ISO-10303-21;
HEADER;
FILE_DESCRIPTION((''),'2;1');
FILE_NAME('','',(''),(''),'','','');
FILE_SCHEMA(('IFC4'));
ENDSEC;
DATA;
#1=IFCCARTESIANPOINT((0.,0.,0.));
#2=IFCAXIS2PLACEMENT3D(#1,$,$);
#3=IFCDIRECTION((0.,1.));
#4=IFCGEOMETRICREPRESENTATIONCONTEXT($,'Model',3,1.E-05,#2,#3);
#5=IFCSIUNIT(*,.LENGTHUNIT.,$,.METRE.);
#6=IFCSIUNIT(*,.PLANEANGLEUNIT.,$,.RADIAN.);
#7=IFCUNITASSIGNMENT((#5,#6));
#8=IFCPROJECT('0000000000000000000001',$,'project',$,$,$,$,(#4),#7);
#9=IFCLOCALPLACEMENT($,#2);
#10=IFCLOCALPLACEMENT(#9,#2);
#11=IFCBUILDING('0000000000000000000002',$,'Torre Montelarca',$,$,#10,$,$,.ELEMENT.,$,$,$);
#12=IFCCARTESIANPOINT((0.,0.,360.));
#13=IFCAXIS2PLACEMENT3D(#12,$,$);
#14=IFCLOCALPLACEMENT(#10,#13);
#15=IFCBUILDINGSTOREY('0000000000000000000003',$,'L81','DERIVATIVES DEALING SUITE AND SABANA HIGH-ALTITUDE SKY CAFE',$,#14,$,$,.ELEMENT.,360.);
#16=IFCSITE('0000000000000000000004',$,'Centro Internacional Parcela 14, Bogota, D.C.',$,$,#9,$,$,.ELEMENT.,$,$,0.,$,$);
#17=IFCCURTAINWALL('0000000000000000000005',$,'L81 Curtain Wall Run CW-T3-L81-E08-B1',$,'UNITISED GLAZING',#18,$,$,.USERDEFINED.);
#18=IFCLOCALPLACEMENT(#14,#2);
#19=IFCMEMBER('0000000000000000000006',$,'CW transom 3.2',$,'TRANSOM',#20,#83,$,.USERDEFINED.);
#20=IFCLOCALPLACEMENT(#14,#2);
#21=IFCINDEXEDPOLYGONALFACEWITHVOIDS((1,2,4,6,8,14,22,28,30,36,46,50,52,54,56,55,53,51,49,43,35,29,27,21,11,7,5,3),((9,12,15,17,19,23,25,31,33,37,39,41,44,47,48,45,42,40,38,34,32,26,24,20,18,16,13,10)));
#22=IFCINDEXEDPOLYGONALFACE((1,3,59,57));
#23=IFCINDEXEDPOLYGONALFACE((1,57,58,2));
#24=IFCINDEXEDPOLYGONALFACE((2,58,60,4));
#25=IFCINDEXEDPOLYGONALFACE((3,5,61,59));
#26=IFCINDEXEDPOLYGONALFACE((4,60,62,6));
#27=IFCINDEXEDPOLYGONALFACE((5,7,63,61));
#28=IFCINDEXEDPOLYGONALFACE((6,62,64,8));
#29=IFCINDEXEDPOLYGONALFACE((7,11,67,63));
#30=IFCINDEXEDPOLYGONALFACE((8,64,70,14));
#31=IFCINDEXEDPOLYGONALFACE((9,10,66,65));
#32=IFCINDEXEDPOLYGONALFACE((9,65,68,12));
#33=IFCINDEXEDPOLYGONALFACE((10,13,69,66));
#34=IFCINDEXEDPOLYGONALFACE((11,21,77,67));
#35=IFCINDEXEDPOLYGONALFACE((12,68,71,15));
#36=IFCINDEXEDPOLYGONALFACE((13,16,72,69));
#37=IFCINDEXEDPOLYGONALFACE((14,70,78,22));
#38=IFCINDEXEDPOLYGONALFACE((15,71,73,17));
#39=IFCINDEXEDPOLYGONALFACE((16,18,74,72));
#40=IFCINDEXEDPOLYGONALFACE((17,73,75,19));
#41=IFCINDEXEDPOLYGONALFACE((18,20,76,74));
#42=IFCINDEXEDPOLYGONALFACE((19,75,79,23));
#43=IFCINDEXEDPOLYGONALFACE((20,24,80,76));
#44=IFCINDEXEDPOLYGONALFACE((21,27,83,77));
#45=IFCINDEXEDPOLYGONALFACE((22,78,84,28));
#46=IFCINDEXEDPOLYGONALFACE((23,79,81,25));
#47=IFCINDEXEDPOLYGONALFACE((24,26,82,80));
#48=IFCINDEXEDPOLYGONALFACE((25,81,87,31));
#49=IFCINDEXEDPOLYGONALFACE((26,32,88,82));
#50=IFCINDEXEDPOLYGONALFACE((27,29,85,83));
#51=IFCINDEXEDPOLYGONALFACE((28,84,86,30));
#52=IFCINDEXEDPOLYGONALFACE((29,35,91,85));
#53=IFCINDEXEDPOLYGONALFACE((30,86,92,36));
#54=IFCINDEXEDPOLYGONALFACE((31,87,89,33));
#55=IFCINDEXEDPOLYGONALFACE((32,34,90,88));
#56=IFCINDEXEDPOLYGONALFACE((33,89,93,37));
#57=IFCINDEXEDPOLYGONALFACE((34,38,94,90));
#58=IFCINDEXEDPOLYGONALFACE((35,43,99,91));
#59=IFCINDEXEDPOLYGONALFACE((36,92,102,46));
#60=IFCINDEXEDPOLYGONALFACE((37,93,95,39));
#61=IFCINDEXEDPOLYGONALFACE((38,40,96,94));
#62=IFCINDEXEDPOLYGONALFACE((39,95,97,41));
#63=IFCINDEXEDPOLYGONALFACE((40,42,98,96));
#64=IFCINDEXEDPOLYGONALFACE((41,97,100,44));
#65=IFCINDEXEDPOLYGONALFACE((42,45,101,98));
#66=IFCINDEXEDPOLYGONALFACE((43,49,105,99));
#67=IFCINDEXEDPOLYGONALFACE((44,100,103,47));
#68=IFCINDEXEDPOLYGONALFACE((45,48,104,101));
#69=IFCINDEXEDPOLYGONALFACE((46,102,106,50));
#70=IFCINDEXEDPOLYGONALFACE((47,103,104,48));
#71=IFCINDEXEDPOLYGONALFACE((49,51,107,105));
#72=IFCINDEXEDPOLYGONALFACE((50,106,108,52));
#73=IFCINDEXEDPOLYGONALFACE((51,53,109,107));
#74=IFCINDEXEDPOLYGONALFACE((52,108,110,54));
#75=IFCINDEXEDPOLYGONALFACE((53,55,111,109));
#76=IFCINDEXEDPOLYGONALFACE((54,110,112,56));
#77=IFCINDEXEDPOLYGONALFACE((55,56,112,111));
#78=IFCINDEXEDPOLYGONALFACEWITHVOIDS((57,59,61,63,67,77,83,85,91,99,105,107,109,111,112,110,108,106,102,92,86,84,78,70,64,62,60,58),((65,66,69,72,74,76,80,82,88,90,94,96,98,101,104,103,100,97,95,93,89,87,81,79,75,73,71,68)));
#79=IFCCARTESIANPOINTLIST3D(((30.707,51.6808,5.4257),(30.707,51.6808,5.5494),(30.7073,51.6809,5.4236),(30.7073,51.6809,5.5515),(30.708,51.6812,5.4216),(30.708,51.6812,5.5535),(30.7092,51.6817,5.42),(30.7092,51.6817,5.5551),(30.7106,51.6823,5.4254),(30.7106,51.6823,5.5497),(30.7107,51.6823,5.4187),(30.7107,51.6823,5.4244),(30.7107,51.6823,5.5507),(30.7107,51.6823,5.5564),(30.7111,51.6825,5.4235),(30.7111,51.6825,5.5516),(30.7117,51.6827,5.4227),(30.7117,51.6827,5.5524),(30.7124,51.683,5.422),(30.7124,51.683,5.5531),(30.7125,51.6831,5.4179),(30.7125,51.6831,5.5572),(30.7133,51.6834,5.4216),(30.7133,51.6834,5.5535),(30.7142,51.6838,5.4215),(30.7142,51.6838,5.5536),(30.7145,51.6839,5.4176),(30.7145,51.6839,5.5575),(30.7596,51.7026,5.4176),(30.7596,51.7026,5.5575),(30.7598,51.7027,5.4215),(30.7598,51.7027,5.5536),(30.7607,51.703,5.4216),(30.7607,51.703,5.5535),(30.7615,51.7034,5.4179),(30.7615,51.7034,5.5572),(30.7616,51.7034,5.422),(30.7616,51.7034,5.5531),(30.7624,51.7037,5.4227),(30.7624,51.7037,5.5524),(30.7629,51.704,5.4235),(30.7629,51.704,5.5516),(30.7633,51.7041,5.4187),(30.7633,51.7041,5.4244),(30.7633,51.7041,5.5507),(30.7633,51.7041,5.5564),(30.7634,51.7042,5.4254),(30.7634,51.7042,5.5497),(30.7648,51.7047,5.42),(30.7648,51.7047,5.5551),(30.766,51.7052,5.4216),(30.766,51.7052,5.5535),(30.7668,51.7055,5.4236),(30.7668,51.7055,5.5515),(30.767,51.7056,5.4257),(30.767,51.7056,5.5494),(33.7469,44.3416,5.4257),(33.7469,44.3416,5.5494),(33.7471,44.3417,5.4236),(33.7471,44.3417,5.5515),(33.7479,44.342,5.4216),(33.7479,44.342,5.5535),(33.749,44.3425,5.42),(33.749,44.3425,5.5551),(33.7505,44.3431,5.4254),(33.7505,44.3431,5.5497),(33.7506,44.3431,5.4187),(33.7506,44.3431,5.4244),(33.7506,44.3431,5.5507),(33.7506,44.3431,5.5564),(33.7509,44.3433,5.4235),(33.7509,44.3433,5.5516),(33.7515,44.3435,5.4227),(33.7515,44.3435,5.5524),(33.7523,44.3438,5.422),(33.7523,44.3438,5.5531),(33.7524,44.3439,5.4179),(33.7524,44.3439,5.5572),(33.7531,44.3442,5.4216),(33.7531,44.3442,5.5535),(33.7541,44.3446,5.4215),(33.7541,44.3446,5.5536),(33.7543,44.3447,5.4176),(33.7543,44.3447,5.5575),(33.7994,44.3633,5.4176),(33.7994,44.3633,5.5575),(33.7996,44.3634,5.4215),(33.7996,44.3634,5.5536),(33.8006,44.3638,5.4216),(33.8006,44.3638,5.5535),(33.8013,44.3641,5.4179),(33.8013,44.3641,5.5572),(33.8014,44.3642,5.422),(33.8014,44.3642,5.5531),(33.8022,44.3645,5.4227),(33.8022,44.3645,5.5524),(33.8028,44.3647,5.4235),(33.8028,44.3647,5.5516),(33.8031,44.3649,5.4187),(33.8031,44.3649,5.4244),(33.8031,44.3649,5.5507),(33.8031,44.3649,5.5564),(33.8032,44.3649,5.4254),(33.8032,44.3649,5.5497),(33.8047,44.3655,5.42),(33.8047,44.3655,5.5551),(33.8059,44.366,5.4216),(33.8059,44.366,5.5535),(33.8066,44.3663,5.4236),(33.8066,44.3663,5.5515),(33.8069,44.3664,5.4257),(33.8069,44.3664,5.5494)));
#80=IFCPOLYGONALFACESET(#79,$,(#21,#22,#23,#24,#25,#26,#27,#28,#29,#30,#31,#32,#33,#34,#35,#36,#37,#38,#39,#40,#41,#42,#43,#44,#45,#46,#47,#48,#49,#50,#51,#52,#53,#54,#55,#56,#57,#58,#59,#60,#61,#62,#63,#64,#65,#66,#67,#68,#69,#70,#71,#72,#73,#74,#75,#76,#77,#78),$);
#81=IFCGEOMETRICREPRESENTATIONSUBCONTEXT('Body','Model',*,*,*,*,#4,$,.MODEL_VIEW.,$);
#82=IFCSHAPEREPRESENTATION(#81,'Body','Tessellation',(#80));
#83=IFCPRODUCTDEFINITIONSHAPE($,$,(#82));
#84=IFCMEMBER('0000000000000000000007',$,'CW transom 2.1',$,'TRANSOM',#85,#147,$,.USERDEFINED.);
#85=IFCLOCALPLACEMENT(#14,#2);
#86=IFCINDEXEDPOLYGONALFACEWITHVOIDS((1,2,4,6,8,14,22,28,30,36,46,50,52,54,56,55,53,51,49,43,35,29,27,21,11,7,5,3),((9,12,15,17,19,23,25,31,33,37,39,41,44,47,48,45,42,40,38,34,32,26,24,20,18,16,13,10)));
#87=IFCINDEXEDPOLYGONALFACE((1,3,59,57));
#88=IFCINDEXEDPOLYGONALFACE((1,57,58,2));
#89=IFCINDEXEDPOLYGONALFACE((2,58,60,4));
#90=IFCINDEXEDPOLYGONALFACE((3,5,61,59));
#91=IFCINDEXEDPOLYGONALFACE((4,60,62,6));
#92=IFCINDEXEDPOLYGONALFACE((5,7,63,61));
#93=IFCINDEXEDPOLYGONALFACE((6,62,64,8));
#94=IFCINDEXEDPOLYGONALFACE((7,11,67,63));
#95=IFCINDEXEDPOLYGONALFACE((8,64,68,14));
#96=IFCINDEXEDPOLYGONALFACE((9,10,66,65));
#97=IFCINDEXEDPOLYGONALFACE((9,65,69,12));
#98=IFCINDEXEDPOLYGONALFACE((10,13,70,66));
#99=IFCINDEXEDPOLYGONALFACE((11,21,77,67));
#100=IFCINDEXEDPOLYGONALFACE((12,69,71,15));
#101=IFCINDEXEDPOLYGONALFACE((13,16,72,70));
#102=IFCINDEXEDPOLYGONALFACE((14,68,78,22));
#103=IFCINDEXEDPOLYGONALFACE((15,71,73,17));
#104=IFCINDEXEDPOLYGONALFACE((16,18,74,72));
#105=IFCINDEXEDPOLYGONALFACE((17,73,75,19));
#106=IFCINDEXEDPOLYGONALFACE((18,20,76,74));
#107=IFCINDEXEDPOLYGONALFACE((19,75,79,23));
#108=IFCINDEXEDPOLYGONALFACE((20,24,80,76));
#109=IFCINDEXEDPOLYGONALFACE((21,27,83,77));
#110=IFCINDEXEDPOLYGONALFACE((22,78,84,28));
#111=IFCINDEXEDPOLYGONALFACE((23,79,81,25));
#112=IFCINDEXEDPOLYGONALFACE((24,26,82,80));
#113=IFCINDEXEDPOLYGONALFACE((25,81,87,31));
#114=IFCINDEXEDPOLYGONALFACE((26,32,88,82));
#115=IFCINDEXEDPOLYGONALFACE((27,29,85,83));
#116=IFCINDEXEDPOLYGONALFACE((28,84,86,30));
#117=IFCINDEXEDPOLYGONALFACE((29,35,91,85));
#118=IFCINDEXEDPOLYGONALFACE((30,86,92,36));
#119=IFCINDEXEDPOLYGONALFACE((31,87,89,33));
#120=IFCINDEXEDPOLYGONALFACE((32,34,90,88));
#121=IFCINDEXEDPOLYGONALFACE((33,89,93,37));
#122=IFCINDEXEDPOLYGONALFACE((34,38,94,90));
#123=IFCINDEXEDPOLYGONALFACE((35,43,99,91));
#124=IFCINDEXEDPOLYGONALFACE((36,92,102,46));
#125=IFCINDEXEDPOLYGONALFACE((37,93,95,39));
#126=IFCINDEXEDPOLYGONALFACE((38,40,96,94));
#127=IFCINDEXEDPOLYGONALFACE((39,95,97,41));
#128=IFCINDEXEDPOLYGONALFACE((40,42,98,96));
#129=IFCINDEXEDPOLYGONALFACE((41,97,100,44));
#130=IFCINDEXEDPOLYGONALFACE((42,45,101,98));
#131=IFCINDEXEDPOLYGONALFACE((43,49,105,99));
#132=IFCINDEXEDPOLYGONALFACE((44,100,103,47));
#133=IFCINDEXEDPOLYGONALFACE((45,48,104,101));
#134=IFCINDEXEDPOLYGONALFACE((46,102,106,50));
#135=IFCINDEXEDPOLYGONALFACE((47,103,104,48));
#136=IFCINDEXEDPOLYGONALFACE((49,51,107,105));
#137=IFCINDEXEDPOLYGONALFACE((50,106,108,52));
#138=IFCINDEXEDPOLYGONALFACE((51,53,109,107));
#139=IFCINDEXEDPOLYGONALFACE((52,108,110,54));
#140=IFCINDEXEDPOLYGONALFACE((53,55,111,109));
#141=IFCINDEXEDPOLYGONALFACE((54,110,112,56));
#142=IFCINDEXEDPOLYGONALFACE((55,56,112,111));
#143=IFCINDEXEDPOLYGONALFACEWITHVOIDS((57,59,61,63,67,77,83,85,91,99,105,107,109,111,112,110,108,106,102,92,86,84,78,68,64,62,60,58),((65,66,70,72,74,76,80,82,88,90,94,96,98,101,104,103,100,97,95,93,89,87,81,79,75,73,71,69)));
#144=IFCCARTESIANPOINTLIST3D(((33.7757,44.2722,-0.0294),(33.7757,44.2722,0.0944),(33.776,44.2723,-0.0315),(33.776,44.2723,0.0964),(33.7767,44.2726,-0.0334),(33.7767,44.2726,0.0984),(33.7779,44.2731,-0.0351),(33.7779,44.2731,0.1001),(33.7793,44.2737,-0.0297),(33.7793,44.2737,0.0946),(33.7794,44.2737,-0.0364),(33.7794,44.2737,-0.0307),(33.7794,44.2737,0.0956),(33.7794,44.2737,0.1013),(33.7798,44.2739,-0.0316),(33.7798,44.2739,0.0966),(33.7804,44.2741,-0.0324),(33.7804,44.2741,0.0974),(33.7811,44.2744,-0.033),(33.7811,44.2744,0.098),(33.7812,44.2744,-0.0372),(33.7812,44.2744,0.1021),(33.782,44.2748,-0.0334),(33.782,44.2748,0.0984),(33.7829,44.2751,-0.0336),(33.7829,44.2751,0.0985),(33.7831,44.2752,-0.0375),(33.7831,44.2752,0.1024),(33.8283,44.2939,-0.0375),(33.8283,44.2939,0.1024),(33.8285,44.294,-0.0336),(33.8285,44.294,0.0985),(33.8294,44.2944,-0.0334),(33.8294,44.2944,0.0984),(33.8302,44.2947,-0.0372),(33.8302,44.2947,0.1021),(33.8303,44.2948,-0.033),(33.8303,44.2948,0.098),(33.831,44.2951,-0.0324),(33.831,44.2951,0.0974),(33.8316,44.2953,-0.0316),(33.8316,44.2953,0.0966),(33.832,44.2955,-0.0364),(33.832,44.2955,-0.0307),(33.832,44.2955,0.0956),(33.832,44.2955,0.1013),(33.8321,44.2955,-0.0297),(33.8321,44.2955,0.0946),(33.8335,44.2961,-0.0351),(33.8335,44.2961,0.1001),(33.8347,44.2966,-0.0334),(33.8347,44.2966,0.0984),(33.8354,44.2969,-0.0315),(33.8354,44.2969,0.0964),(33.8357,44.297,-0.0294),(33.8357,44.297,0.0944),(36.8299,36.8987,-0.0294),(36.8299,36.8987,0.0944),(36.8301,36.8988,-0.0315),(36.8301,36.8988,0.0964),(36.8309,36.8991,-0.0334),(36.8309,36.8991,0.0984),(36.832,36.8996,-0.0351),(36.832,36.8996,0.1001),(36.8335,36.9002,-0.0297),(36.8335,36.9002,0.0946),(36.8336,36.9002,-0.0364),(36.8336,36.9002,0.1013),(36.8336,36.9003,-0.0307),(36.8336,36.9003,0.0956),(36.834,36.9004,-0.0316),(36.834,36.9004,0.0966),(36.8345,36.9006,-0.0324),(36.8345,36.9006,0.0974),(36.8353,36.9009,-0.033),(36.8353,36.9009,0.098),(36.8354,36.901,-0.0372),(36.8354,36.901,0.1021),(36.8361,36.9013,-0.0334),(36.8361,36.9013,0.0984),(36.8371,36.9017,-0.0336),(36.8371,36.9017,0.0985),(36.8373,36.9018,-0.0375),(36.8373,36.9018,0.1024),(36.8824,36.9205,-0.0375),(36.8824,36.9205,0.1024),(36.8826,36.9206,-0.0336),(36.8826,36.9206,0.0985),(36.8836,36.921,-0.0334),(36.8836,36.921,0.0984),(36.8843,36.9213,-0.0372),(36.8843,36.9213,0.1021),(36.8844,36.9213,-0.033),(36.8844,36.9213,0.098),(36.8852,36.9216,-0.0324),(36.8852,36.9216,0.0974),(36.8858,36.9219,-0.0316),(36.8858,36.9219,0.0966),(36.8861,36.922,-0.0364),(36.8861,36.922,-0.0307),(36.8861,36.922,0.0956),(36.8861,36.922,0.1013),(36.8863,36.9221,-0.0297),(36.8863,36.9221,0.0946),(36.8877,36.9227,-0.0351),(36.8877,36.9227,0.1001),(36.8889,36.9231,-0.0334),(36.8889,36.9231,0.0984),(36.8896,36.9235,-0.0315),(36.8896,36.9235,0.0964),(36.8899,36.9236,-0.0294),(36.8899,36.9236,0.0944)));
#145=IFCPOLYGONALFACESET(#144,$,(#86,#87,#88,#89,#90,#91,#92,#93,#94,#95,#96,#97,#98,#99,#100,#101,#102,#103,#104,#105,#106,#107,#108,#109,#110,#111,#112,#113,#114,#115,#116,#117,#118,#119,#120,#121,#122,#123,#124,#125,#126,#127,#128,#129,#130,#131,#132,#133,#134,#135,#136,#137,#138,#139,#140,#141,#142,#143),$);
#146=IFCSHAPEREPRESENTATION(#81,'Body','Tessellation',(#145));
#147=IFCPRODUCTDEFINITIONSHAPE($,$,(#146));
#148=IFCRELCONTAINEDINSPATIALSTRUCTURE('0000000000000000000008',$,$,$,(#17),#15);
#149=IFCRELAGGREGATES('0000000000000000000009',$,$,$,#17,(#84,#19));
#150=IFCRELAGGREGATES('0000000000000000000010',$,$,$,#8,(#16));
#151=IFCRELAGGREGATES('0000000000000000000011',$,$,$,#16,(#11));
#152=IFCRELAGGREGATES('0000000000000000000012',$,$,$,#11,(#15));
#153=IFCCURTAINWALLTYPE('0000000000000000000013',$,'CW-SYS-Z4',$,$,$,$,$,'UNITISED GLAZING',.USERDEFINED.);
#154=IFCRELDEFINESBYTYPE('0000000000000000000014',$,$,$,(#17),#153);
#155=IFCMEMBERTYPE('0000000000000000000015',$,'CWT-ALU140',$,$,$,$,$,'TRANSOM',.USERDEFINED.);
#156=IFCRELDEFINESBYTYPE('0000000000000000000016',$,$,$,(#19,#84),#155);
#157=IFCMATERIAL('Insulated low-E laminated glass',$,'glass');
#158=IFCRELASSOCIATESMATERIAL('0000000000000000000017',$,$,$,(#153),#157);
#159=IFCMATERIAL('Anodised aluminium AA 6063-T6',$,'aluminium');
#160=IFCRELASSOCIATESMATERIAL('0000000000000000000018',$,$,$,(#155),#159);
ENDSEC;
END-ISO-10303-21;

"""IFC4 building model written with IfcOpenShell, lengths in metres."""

from ifc_helpers import new_model, si_unit, direction, frame, origin, origin_2d, place, context, subcontext, project, spatial, hollow_rectangle, extrude, source, transform, mapped, material, material_profile, profile_set, type_object, element, aggregate, save


model = new_model("IFC4")

# Units and contexts
model_context = context("Model", 3, precision=1e-05, world=origin(), true_north=direction((0.0, 1.0)))
body_context = subcontext(model_context, "Body", "Model", "MODEL_VIEW")
ifc_project = project(units=[si_unit("LENGTHUNIT", "METRE"), si_unit("PLANEANGLEUNIT", "RADIAN")], contexts=[model_context])

# Site, building, storey
site_placement = place(None, origin())
site = spatial("IfcSite", under=ifc_project, at=site_placement, Name="Centro Internacional Parcela 14, Bogota, D.C.", CompositionType="ELEMENT", RefElevation=0.0)
building_placement = place(site_placement, origin())
building = spatial("IfcBuilding", under=site, at=building_placement, Name="Torre Montelarca", CompositionType="ELEMENT")
storey_placement = place(building_placement, frame((0.0, 0.0, 360.0)))
storey = spatial("IfcBuildingStorey", under=building, at=storey_placement, Name="L81", Description="DERIVATIVES DEALING SUITE AND SABANA HIGH-ALTITUDE SKY CAFE", CompositionType="ELEMENT", Elevation=360.0)

# Curtain wall
ifc_material_1 = material(Name="Insulated low-E laminated glass", Category="glass")
curtain_wall_type = type_object("IfcCurtainWallType", Name="CW-SYS-Z4", ElementType="UNITISED GLAZING", PredefinedType="USERDEFINED", material=ifc_material_1)
curtain_wall_1_placement = place(storey_placement, origin())
curtain_wall_1 = element("IfcCurtainWall", 1, at=curtain_wall_1_placement, inside=storey, type_object=curtain_wall_type, Name="L81 Curtain Wall Run CW-T3-L81-E08-B1", ObjectType="UNITISED GLAZING", PredefinedType="USERDEFINED")
ifc_material_2 = material(Name="Anodised aluminium AA 6063-T6", Category="aluminium")

# Members
ifc_material_profile_1 = material_profile(ifc_material_2, hollow_rectangle(XDim=0.0649, YDim=0.1399, WallThickness=0.0039, InnerFilletRadius=0.0039, OuterFilletRadius=0.0081, at=origin_2d()), Name="ALU65X140X4", Category="aluminium")
ifc_profile_set_1 = profile_set([ifc_material_profile_1], Name="Anodised aluminium AA 6063-T6")
member_type_1 = type_object("IfcMemberType", Name="CWT-ALU140", ElementType="TRANSOM", PredefinedType="USERDEFINED", material=ifc_profile_set_1)
shared_shape_1 = source(origin(), body_context, "Body", "SweptSolid", [
    extrude(hollow_rectangle(XDim=0.0649, YDim=0.1399, WallThickness=0.0039, InnerFilletRadius=0.0039, OuterFilletRadius=0.0081, at=origin_2d()), origin(), (0.0, 0.0, 1.0), 7.9438),
])
member_1_placement = place(storey_placement, frame((33.7769, 44.354, 5.4875), z_axis=(-0.382666, 0.923887, 0.0), x_axis=(-0.923887, -0.382666, 0.0)))
member_1 = element("IfcMember", 2, at=member_1_placement, type_object=member_type_1, Name="CW transom 3.2", ObjectType="TRANSOM", PredefinedType="USERDEFINED", context=body_context, shape_type="MappedRepresentation", body=[
    mapped(shared_shape_1, transform((0.0, 0.0, 0.0), scale=1.0)),
])
shared_shape_2 = source(origin(), body_context, "Body", "SweptSolid", [
    extrude(hollow_rectangle(XDim=0.0649, YDim=0.1399, WallThickness=0.0039, InnerFilletRadius=0.0039, OuterFilletRadius=0.0081, at=origin_2d()), origin(), (0.0, 0.0, 1.0), 7.981),
])
member_2_placement = place(storey_placement, frame((36.8599, 36.9111, 0.0325), z_axis=(-0.382681, 0.92388, 0.0), x_axis=(-0.92388, -0.382681, 0.0)))
member_2 = element("IfcMember", 3, at=member_2_placement, type_object=member_type_1, Name="CW transom 2.1", ObjectType="TRANSOM", PredefinedType="USERDEFINED", context=body_context, shape_type="MappedRepresentation", body=[
    mapped(shared_shape_2, transform((0.0, 0.0, 0.0), scale=1.0)),
])

aggregate(curtain_wall_1, [member_2, member_1])

save(model, "model.ifc")
